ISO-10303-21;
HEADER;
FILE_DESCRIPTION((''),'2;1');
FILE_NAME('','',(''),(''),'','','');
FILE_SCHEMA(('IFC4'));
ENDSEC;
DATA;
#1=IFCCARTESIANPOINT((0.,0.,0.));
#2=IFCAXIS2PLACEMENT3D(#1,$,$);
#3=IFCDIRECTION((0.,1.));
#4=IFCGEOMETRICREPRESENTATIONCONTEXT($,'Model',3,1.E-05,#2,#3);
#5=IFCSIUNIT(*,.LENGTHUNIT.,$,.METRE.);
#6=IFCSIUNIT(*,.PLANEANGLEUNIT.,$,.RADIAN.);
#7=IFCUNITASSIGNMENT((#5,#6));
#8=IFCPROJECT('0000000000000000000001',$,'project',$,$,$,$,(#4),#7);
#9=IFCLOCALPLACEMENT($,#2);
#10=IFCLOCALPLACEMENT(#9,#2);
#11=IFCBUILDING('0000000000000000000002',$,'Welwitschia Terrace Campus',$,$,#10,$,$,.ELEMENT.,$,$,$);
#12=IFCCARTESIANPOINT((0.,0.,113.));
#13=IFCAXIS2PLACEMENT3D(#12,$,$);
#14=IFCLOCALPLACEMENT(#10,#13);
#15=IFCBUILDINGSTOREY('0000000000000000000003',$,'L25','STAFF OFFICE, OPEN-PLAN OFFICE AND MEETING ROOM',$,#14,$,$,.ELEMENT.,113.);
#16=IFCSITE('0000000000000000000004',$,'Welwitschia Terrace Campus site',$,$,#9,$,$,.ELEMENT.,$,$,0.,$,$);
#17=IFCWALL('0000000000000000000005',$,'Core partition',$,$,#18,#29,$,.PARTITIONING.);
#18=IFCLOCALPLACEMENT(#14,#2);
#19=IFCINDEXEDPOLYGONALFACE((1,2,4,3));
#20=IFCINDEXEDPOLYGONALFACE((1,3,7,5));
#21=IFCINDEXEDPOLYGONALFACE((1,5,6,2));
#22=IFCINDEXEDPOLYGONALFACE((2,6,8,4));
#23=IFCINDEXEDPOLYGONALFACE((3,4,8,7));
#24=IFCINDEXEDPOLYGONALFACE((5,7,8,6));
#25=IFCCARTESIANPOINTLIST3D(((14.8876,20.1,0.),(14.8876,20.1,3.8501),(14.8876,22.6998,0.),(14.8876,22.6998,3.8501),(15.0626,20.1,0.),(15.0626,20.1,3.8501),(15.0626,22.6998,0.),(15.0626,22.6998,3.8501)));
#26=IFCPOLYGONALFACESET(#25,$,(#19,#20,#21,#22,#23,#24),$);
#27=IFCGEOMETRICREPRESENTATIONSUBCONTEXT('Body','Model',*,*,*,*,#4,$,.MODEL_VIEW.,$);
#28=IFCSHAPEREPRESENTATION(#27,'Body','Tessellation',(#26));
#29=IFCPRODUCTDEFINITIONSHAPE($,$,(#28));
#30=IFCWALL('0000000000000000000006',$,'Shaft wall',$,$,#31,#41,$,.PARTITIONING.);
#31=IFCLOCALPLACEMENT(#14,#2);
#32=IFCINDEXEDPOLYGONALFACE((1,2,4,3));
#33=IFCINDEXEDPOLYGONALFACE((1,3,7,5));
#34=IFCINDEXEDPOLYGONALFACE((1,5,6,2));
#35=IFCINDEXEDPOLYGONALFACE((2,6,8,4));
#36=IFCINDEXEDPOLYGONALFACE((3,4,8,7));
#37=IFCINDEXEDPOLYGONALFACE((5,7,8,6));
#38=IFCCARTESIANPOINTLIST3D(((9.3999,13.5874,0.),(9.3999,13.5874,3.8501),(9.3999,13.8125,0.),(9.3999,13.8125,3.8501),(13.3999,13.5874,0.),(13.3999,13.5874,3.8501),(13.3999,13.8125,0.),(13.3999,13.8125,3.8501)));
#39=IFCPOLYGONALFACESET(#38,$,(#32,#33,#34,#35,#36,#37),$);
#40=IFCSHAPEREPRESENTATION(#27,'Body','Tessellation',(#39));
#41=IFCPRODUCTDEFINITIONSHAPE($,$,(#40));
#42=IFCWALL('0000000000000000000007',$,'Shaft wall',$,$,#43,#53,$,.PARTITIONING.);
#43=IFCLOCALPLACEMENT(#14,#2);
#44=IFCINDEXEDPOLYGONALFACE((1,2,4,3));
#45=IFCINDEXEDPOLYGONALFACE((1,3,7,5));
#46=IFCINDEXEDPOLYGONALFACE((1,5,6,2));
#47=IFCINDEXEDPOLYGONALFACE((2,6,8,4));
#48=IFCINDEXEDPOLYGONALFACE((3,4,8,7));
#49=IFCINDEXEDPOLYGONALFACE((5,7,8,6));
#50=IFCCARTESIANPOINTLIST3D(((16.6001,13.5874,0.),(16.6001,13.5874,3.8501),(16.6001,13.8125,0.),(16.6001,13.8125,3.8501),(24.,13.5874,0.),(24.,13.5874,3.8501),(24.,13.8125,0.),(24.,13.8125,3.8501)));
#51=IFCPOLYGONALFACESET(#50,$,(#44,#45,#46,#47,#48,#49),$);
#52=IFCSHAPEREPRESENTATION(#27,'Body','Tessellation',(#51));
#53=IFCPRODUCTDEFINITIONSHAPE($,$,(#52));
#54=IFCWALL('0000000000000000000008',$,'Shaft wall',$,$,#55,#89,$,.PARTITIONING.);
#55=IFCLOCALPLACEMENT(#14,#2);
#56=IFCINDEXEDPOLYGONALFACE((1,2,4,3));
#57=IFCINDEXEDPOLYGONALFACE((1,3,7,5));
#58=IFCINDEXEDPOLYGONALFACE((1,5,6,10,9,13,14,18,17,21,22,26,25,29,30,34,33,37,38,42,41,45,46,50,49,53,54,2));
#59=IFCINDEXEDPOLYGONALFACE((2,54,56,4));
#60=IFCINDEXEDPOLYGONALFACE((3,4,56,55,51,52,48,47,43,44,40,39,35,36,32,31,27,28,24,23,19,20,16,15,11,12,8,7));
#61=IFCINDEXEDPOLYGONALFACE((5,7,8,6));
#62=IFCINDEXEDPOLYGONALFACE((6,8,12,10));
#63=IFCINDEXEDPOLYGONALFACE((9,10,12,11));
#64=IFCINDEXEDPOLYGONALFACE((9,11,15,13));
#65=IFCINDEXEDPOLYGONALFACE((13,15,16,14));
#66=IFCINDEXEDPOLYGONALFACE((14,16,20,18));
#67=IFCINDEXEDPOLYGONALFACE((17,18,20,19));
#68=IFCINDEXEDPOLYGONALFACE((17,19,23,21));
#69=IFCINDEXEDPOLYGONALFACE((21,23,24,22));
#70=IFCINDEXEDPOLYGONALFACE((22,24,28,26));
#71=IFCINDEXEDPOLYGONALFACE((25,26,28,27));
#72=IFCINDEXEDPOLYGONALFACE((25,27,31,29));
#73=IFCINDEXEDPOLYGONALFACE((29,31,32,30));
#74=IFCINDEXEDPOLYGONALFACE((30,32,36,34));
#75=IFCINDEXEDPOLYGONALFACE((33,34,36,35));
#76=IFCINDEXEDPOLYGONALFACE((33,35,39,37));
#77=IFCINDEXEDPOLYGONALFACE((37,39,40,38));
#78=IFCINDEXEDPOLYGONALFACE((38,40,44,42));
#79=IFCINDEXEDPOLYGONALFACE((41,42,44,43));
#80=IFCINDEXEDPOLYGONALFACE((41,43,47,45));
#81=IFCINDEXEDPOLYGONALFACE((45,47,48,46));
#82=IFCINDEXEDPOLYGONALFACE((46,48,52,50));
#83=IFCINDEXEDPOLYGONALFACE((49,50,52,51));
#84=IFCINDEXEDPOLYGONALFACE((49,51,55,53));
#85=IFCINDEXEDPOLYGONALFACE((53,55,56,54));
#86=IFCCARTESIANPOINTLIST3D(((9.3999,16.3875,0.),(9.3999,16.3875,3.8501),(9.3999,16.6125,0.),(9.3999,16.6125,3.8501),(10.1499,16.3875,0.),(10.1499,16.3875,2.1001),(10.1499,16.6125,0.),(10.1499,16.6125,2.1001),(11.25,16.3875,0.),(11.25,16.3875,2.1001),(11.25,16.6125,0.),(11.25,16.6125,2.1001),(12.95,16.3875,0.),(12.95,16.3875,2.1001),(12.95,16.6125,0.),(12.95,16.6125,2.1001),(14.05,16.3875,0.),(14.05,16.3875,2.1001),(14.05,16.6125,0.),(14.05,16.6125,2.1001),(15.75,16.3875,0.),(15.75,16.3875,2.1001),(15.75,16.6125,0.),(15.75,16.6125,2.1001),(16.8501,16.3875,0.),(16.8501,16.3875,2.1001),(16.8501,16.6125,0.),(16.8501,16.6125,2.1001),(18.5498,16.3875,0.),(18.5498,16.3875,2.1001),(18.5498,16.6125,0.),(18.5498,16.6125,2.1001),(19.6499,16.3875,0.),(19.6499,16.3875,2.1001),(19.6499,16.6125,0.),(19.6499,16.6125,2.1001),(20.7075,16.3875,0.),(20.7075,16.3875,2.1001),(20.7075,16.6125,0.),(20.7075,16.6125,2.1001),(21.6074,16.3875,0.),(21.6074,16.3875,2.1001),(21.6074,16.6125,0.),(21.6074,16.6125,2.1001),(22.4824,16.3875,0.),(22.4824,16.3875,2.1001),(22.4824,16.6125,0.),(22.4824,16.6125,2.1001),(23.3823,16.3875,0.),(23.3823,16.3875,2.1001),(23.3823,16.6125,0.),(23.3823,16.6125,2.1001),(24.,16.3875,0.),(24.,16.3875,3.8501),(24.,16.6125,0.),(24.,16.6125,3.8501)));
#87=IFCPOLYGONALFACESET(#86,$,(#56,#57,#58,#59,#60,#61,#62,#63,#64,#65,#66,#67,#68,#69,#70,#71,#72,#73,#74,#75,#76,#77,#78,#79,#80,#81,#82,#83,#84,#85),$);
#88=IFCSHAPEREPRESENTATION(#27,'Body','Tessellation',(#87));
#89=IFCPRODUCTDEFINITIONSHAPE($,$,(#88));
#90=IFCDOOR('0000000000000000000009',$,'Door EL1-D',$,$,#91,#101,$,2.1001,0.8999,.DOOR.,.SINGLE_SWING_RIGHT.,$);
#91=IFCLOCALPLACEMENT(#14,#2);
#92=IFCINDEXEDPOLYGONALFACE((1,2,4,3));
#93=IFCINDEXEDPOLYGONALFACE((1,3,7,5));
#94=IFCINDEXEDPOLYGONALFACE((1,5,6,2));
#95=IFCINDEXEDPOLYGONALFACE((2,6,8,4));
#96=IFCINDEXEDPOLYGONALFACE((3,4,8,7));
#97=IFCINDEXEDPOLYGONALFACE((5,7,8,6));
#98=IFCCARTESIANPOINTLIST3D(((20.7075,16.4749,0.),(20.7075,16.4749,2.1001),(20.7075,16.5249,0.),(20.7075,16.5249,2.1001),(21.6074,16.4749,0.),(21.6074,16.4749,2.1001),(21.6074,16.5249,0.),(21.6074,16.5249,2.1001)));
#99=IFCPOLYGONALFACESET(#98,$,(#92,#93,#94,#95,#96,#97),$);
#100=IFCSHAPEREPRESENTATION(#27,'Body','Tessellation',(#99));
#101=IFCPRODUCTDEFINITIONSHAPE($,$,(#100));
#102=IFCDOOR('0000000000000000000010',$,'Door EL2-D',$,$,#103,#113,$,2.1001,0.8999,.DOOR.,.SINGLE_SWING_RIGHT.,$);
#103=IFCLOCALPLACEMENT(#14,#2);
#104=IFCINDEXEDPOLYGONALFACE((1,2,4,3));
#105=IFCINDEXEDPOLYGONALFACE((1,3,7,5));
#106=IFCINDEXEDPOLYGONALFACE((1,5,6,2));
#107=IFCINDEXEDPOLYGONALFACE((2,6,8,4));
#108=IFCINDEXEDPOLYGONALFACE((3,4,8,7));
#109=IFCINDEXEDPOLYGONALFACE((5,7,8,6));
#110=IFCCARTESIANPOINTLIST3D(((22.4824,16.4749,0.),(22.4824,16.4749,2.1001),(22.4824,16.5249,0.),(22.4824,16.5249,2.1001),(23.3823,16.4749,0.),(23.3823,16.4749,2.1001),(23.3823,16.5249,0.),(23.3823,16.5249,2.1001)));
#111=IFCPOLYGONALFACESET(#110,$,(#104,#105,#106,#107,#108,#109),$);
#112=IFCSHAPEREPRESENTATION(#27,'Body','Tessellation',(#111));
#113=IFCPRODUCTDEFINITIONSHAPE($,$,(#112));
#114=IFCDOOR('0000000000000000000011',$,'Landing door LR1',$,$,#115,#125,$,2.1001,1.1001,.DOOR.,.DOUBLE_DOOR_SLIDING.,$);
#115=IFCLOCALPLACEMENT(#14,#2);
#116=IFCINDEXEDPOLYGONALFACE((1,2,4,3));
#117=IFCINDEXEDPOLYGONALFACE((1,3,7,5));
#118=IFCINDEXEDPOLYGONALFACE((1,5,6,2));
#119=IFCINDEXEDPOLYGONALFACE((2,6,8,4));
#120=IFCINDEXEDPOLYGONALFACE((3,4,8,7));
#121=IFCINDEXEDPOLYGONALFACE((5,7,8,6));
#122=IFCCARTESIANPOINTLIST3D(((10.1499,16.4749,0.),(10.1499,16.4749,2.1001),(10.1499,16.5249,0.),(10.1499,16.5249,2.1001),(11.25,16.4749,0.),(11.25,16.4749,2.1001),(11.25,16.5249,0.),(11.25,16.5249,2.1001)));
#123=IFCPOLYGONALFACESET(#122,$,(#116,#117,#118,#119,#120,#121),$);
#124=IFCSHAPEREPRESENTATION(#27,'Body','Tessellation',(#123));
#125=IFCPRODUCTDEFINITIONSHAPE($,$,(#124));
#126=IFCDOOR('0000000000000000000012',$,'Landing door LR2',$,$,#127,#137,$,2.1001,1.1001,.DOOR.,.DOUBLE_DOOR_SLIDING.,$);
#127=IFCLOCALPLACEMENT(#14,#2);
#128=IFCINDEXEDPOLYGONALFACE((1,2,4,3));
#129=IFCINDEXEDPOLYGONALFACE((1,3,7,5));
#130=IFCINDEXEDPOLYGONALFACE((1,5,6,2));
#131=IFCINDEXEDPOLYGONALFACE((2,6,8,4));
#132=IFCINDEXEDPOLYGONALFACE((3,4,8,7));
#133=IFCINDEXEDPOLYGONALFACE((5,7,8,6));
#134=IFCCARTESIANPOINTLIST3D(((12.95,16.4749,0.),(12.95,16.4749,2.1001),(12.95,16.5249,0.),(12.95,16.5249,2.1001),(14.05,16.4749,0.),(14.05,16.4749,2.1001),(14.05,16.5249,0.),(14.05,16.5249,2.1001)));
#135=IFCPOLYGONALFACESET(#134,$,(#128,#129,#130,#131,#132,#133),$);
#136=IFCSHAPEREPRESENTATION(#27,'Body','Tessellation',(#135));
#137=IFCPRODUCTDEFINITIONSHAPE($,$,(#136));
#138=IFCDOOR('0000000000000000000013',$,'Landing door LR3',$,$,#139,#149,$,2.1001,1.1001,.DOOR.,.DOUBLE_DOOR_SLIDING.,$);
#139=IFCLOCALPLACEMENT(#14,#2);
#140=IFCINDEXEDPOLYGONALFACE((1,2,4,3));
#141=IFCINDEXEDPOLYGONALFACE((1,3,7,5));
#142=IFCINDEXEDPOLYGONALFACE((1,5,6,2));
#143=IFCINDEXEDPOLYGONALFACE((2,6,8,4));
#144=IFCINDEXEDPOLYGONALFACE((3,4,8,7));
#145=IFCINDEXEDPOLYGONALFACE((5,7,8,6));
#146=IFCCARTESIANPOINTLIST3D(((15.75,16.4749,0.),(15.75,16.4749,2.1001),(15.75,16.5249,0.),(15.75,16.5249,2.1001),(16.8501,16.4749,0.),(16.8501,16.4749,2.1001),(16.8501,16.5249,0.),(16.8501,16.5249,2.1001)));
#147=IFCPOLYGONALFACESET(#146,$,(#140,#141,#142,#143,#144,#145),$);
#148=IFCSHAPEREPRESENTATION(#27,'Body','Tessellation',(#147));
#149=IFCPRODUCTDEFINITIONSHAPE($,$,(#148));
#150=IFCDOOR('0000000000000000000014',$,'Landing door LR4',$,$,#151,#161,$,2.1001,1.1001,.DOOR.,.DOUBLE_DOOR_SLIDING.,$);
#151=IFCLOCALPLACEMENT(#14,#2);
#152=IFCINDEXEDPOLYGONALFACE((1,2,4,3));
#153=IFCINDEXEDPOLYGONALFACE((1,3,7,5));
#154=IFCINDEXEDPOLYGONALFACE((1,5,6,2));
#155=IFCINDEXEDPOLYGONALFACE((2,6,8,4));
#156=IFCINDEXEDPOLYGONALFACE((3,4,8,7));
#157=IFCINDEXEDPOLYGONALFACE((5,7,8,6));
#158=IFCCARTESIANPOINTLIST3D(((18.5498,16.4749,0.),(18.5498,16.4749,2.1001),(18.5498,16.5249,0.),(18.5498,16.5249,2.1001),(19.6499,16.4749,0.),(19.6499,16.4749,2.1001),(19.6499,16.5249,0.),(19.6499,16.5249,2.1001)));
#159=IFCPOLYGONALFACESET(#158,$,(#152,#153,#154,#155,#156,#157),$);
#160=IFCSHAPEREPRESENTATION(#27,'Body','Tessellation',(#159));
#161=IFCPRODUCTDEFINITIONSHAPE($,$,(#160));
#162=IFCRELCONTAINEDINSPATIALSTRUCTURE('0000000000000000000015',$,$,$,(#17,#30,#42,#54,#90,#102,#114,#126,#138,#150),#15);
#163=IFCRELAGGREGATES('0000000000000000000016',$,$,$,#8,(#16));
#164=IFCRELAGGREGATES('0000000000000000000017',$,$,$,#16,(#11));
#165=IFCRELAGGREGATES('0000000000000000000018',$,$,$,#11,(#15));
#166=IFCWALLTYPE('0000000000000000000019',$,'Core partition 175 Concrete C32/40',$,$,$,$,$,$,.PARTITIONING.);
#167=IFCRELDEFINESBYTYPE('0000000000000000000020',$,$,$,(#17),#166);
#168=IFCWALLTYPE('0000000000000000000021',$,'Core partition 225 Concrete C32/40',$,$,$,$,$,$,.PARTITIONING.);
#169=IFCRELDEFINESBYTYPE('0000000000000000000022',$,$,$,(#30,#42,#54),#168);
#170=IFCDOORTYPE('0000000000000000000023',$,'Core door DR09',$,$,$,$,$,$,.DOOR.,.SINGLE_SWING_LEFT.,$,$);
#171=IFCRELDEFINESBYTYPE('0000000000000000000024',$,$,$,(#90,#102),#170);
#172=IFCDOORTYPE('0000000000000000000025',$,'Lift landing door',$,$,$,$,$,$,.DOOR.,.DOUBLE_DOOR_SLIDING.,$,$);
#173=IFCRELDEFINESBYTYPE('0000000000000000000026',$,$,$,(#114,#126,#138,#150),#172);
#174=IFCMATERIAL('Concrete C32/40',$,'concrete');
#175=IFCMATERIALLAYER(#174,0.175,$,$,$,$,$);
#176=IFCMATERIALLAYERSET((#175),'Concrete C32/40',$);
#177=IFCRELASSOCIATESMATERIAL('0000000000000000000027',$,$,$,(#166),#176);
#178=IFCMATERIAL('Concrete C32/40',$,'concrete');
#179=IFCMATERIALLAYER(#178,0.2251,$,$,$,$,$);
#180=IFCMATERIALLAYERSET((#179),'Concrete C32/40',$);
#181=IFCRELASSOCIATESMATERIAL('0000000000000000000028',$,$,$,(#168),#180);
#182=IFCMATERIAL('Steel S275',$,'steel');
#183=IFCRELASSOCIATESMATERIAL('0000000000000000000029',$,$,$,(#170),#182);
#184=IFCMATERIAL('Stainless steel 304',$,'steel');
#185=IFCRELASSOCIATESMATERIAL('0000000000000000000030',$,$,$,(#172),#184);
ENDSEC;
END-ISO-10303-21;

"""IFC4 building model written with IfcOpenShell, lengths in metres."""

from ifc_helpers import new_model, si_unit, direction, frame, frame_2d, origin, place, context, subcontext, project, spatial, rectangle, extrude, material, layer, layer_set, type_object, element, fill, save


model = new_model("IFC4")

# Units and contexts
model_context = context("Model", 3, precision=1e-05, world=origin(), true_north=direction((0.0, 1.0)))
body_context = subcontext(model_context, "Body", "Model", "MODEL_VIEW")
ifc_project = project(units=[si_unit("LENGTHUNIT", "METRE"), si_unit("PLANEANGLEUNIT", "RADIAN")], contexts=[model_context])

# Site, building, storey
site_placement = place(None, origin())
site = spatial("IfcSite", under=ifc_project, at=site_placement, Name="Welwitschia Terrace Campus site", CompositionType="ELEMENT", RefElevation=0.0)
building_placement = place(site_placement, origin())
building = spatial("IfcBuilding", under=site, at=building_placement, Name="Welwitschia Terrace Campus", CompositionType="ELEMENT")
storey_placement = place(building_placement, frame((0.0, 0.0, 113.0)))
storey = spatial("IfcBuildingStorey", under=building, at=storey_placement, Name="L25", Description="STAFF OFFICE, OPEN-PLAN OFFICE AND MEETING ROOM", CompositionType="ELEMENT", Elevation=113.0)

# Walls
ifc_material_1 = material(Name="Concrete C32/40", Category="concrete")
ifc_layer_1 = layer(ifc_material_1, 0.175)
ifc_layer_set_1 = layer_set([ifc_layer_1], Name="Concrete C32/40")
wall_type_1 = type_object("IfcWallType", Name="Core partition 175 Concrete C32/40", PredefinedType="PARTITIONING", material=ifc_layer_set_1)
wall_1_placement = place(storey_placement, frame((14.9751, 20.1001, 0.0), z_axis=(0.0, 0.0, 1.0), x_axis=(0.0, 1.0, 0.0)))
element("IfcWall", 1, at=wall_1_placement, inside=storey, type_object=wall_type_1, Name="Core partition", PredefinedType="PARTITIONING", context=body_context, shape_type="SweptSolid", body=[
    extrude(rectangle(XDim=2.5999, YDim=0.175, at=frame_2d((1.2998, 0.0))), origin(), (0.0, 0.0, 1.0), 3.8501),
])
ifc_material_2 = material(Name="Concrete C32/40", Category="concrete")
ifc_layer_2 = layer(ifc_material_2, 0.2251)
ifc_layer_set_2 = layer_set([ifc_layer_2], Name="Concrete C32/40")
wall_type_2 = type_object("IfcWallType", Name="Core partition 225 Concrete C32/40", PredefinedType="PARTITIONING", material=ifc_layer_set_2)
wall_2_placement = place(storey_placement, frame((9.3999, 13.7, 0.0), z_axis=(0.0, 0.0, 1.0), x_axis=(1.0, 0.0, 0.0)))
element("IfcWall", 2, at=wall_2_placement, inside=storey, type_object=wall_type_2, Name="Shaft wall", PredefinedType="PARTITIONING", context=body_context, shape_type="SweptSolid", body=[
    extrude(rectangle(XDim=4.0, YDim=0.2251, at=frame_2d((2.0, 0.0))), origin(), (0.0, 0.0, 1.0), 3.8501),
])
wall_3_placement = place(storey_placement, frame((16.6001, 13.7, 0.0), z_axis=(0.0, 0.0, 1.0), x_axis=(1.0, 0.0, 0.0)))
element("IfcWall", 3, at=wall_3_placement, inside=storey, type_object=wall_type_2, Name="Shaft wall", PredefinedType="PARTITIONING", context=body_context, shape_type="SweptSolid", body=[
    extrude(rectangle(XDim=7.3999, YDim=0.2251, at=frame_2d((3.7, 0.0))), origin(), (0.0, 0.0, 1.0), 3.8501),
])

# Wall, openings, doors
wall_4_placement = place(storey_placement, frame((9.3999, 16.5, 0.0), z_axis=(0.0, 0.0, 1.0), x_axis=(1.0, 0.0, 0.0)))
wall_4 = element("IfcWall", 4, at=wall_4_placement, inside=storey, type_object=wall_type_2, Name="Shaft wall", PredefinedType="PARTITIONING", context=body_context, shape_type="SweptSolid", body=[
    extrude(rectangle(XDim=14.6001, YDim=0.2251, at=frame_2d((7.3, 0.0))), origin(), (0.0, 0.0, 1.0), 3.8501),
])
opening_1_placement = place(wall_4_placement, frame((0.75, 0.0, 0.0)))
opening_1 = element("IfcOpeningElement", 5, at=opening_1_placement, cuts=wall_4, PredefinedType="OPENING", context=body_context, shape_type="SweptSolid", body=[
    extrude(rectangle(XDim=1.1001, YDim=2.1001, at=frame_2d((0.55, 1.05))), frame((0.0, 0.1226, 0.0), z_axis=(0.0, -1.0, 0.0), x_axis=(1.0, 0.0, 0.0)), (0.0, 0.0, 1.0), 0.2451),
])
opening_2_placement = place(wall_4_placement, frame((3.55, 0.0, 0.0)))
opening_2 = element("IfcOpeningElement", 6, at=opening_2_placement, cuts=wall_4, PredefinedType="OPENING", context=body_context, shape_type="SweptSolid", body=[
    extrude(rectangle(XDim=1.1001, YDim=2.1001, at=frame_2d((0.55, 1.05))), frame((0.0, 0.1226, 0.0), z_axis=(0.0, -1.0, 0.0), x_axis=(1.0, 0.0, 0.0)), (0.0, 0.0, 1.0), 0.2451),
])
opening_3_placement = place(wall_4_placement, frame((6.3501, 0.0, 0.0)))
opening_3 = element("IfcOpeningElement", 7, at=opening_3_placement, cuts=wall_4, PredefinedType="OPENING", context=body_context, shape_type="SweptSolid", body=[
    extrude(rectangle(XDim=1.1001, YDim=2.1001, at=frame_2d((0.55, 1.05))), frame((0.0, 0.1226, 0.0), z_axis=(0.0, -1.0, 0.0), x_axis=(1.0, 0.0, 0.0)), (0.0, 0.0, 1.0), 0.2451),
])
opening_4_placement = place(wall_4_placement, frame((9.1499, 0.0, 0.0)))
opening_4 = element("IfcOpeningElement", 8, at=opening_4_placement, cuts=wall_4, PredefinedType="OPENING", context=body_context, shape_type="SweptSolid", body=[
    extrude(rectangle(XDim=1.1001, YDim=2.1001, at=frame_2d((0.55, 1.05))), frame((0.0, 0.1226, 0.0), z_axis=(0.0, -1.0, 0.0), x_axis=(1.0, 0.0, 0.0)), (0.0, 0.0, 1.0), 0.2451),
])
opening_5_placement = place(wall_4_placement, frame((11.3076, 0.0, 0.0)))
opening_5 = element("IfcOpeningElement", 9, at=opening_5_placement, cuts=wall_4, PredefinedType="OPENING", context=body_context, shape_type="SweptSolid", body=[
    extrude(rectangle(XDim=0.8999, YDim=2.1001, at=frame_2d((0.45, 1.05))), frame((0.0, 0.1226, 0.0), z_axis=(0.0, -1.0, 0.0), x_axis=(1.0, 0.0, 0.0)), (0.0, 0.0, 1.0), 0.2451),
])
opening_6_placement = place(wall_4_placement, frame((13.0825, 0.0, 0.0)))
opening_6 = element("IfcOpeningElement", 10, at=opening_6_placement, cuts=wall_4, PredefinedType="OPENING", context=body_context, shape_type="SweptSolid", body=[
    extrude(rectangle(XDim=0.8999, YDim=2.1001, at=frame_2d((0.45, 1.05))), frame((0.0, 0.1226, 0.0), z_axis=(0.0, -1.0, 0.0), x_axis=(1.0, 0.0, 0.0)), (0.0, 0.0, 1.0), 0.2451),
])
ifc_material_3 = material(Name="Steel S275", Category="steel")
door_type_1 = type_object("IfcDoorType", Name="Core door DR09", OperationType="SINGLE_SWING_LEFT", PredefinedType="DOOR", material=ifc_material_3)
door_1_placement = place(opening_5_placement, origin())
door_1 = element("IfcDoor", 11, at=door_1_placement, inside=storey, type_object=door_type_1, Name="Door EL1-D", OperationType="SINGLE_SWING_RIGHT", OverallHeight=2.1001, OverallWidth=0.8999, PredefinedType="DOOR", context=body_context, shape_type="SweptSolid", body=[
    extrude(rectangle(XDim=0.8999, YDim=2.1001, at=frame_2d((0.45, 1.05))), frame((0.0, 0.0249, 0.0), z_axis=(0.0, -1.0, 0.0), x_axis=(1.0, 0.0, 0.0)), (0.0, 0.0, 1.0), 0.05),
])
fill(opening_5, door_1)
door_2_placement = place(opening_6_placement, origin())
door_2 = element("IfcDoor", 12, at=door_2_placement, inside=storey, type_object=door_type_1, Name="Door EL2-D", OperationType="SINGLE_SWING_RIGHT", OverallHeight=2.1001, OverallWidth=0.8999, PredefinedType="DOOR", context=body_context, shape_type="SweptSolid", body=[
    extrude(rectangle(XDim=0.8999, YDim=2.1001, at=frame_2d((0.45, 1.05))), frame((0.0, 0.0249, 0.0), z_axis=(0.0, -1.0, 0.0), x_axis=(1.0, 0.0, 0.0)), (0.0, 0.0, 1.0), 0.05),
])
fill(opening_6, door_2)
ifc_material_4 = material(Name="Stainless steel 304", Category="steel")
door_type_2 = type_object("IfcDoorType", Name="Lift landing door", OperationType="DOUBLE_DOOR_SLIDING", PredefinedType="DOOR", material=ifc_material_4)
door_3_placement = place(opening_1_placement, origin())
door_3 = element("IfcDoor", 13, at=door_3_placement, inside=storey, type_object=door_type_2, Name="Landing door LR1", OperationType="DOUBLE_DOOR_SLIDING", OverallHeight=2.1001, OverallWidth=1.1001, PredefinedType="DOOR", context=body_context, shape_type="SweptSolid", body=[
    extrude(rectangle(XDim=1.1001, YDim=2.1001, at=frame_2d((0.55, 1.05))), frame((0.0, 0.0249, 0.0), z_axis=(0.0, -1.0, 0.0), x_axis=(1.0, 0.0, 0.0)), (0.0, 0.0, 1.0), 0.05),
])
fill(opening_1, door_3)
door_4_placement = place(opening_2_placement, origin())
door_4 = element("IfcDoor", 14, at=door_4_placement, inside=storey, type_object=door_type_2, Name="Landing door LR2", OperationType="DOUBLE_DOOR_SLIDING", OverallHeight=2.1001, OverallWidth=1.1001, PredefinedType="DOOR", context=body_context, shape_type="SweptSolid", body=[
    extrude(rectangle(XDim=1.1001, YDim=2.1001, at=frame_2d((0.55, 1.05))), frame((0.0, 0.0249, 0.0), z_axis=(0.0, -1.0, 0.0), x_axis=(1.0, 0.0, 0.0)), (0.0, 0.0, 1.0), 0.05),
])
fill(opening_2, door_4)
door_5_placement = place(opening_3_placement, origin())
door_5 = element("IfcDoor", 15, at=door_5_placement, inside=storey, type_object=door_type_2, Name="Landing door LR3", OperationType="DOUBLE_DOOR_SLIDING", OverallHeight=2.1001, OverallWidth=1.1001, PredefinedType="DOOR", context=body_context, shape_type="SweptSolid", body=[
    extrude(rectangle(XDim=1.1001, YDim=2.1001, at=frame_2d((0.55, 1.05))), frame((0.0, 0.0249, 0.0), z_axis=(0.0, -1.0, 0.0), x_axis=(1.0, 0.0, 0.0)), (0.0, 0.0, 1.0), 0.05),
])
fill(opening_3, door_5)
door_6_placement = place(opening_4_placement, origin())
door_6 = element("IfcDoor", 16, at=door_6_placement, inside=storey, type_object=door_type_2, Name="Landing door LR4", OperationType="DOUBLE_DOOR_SLIDING", OverallHeight=2.1001, OverallWidth=1.1001, PredefinedType="DOOR", context=body_context, shape_type="SweptSolid", body=[
    extrude(rectangle(XDim=1.1001, YDim=2.1001, at=frame_2d((0.55, 1.05))), frame((0.0, 0.0249, 0.0), z_axis=(0.0, -1.0, 0.0), x_axis=(1.0, 0.0, 0.0)), (0.0, 0.0, 1.0), 0.05),
])
fill(opening_4, door_6)

save(model, "model.ifc")
